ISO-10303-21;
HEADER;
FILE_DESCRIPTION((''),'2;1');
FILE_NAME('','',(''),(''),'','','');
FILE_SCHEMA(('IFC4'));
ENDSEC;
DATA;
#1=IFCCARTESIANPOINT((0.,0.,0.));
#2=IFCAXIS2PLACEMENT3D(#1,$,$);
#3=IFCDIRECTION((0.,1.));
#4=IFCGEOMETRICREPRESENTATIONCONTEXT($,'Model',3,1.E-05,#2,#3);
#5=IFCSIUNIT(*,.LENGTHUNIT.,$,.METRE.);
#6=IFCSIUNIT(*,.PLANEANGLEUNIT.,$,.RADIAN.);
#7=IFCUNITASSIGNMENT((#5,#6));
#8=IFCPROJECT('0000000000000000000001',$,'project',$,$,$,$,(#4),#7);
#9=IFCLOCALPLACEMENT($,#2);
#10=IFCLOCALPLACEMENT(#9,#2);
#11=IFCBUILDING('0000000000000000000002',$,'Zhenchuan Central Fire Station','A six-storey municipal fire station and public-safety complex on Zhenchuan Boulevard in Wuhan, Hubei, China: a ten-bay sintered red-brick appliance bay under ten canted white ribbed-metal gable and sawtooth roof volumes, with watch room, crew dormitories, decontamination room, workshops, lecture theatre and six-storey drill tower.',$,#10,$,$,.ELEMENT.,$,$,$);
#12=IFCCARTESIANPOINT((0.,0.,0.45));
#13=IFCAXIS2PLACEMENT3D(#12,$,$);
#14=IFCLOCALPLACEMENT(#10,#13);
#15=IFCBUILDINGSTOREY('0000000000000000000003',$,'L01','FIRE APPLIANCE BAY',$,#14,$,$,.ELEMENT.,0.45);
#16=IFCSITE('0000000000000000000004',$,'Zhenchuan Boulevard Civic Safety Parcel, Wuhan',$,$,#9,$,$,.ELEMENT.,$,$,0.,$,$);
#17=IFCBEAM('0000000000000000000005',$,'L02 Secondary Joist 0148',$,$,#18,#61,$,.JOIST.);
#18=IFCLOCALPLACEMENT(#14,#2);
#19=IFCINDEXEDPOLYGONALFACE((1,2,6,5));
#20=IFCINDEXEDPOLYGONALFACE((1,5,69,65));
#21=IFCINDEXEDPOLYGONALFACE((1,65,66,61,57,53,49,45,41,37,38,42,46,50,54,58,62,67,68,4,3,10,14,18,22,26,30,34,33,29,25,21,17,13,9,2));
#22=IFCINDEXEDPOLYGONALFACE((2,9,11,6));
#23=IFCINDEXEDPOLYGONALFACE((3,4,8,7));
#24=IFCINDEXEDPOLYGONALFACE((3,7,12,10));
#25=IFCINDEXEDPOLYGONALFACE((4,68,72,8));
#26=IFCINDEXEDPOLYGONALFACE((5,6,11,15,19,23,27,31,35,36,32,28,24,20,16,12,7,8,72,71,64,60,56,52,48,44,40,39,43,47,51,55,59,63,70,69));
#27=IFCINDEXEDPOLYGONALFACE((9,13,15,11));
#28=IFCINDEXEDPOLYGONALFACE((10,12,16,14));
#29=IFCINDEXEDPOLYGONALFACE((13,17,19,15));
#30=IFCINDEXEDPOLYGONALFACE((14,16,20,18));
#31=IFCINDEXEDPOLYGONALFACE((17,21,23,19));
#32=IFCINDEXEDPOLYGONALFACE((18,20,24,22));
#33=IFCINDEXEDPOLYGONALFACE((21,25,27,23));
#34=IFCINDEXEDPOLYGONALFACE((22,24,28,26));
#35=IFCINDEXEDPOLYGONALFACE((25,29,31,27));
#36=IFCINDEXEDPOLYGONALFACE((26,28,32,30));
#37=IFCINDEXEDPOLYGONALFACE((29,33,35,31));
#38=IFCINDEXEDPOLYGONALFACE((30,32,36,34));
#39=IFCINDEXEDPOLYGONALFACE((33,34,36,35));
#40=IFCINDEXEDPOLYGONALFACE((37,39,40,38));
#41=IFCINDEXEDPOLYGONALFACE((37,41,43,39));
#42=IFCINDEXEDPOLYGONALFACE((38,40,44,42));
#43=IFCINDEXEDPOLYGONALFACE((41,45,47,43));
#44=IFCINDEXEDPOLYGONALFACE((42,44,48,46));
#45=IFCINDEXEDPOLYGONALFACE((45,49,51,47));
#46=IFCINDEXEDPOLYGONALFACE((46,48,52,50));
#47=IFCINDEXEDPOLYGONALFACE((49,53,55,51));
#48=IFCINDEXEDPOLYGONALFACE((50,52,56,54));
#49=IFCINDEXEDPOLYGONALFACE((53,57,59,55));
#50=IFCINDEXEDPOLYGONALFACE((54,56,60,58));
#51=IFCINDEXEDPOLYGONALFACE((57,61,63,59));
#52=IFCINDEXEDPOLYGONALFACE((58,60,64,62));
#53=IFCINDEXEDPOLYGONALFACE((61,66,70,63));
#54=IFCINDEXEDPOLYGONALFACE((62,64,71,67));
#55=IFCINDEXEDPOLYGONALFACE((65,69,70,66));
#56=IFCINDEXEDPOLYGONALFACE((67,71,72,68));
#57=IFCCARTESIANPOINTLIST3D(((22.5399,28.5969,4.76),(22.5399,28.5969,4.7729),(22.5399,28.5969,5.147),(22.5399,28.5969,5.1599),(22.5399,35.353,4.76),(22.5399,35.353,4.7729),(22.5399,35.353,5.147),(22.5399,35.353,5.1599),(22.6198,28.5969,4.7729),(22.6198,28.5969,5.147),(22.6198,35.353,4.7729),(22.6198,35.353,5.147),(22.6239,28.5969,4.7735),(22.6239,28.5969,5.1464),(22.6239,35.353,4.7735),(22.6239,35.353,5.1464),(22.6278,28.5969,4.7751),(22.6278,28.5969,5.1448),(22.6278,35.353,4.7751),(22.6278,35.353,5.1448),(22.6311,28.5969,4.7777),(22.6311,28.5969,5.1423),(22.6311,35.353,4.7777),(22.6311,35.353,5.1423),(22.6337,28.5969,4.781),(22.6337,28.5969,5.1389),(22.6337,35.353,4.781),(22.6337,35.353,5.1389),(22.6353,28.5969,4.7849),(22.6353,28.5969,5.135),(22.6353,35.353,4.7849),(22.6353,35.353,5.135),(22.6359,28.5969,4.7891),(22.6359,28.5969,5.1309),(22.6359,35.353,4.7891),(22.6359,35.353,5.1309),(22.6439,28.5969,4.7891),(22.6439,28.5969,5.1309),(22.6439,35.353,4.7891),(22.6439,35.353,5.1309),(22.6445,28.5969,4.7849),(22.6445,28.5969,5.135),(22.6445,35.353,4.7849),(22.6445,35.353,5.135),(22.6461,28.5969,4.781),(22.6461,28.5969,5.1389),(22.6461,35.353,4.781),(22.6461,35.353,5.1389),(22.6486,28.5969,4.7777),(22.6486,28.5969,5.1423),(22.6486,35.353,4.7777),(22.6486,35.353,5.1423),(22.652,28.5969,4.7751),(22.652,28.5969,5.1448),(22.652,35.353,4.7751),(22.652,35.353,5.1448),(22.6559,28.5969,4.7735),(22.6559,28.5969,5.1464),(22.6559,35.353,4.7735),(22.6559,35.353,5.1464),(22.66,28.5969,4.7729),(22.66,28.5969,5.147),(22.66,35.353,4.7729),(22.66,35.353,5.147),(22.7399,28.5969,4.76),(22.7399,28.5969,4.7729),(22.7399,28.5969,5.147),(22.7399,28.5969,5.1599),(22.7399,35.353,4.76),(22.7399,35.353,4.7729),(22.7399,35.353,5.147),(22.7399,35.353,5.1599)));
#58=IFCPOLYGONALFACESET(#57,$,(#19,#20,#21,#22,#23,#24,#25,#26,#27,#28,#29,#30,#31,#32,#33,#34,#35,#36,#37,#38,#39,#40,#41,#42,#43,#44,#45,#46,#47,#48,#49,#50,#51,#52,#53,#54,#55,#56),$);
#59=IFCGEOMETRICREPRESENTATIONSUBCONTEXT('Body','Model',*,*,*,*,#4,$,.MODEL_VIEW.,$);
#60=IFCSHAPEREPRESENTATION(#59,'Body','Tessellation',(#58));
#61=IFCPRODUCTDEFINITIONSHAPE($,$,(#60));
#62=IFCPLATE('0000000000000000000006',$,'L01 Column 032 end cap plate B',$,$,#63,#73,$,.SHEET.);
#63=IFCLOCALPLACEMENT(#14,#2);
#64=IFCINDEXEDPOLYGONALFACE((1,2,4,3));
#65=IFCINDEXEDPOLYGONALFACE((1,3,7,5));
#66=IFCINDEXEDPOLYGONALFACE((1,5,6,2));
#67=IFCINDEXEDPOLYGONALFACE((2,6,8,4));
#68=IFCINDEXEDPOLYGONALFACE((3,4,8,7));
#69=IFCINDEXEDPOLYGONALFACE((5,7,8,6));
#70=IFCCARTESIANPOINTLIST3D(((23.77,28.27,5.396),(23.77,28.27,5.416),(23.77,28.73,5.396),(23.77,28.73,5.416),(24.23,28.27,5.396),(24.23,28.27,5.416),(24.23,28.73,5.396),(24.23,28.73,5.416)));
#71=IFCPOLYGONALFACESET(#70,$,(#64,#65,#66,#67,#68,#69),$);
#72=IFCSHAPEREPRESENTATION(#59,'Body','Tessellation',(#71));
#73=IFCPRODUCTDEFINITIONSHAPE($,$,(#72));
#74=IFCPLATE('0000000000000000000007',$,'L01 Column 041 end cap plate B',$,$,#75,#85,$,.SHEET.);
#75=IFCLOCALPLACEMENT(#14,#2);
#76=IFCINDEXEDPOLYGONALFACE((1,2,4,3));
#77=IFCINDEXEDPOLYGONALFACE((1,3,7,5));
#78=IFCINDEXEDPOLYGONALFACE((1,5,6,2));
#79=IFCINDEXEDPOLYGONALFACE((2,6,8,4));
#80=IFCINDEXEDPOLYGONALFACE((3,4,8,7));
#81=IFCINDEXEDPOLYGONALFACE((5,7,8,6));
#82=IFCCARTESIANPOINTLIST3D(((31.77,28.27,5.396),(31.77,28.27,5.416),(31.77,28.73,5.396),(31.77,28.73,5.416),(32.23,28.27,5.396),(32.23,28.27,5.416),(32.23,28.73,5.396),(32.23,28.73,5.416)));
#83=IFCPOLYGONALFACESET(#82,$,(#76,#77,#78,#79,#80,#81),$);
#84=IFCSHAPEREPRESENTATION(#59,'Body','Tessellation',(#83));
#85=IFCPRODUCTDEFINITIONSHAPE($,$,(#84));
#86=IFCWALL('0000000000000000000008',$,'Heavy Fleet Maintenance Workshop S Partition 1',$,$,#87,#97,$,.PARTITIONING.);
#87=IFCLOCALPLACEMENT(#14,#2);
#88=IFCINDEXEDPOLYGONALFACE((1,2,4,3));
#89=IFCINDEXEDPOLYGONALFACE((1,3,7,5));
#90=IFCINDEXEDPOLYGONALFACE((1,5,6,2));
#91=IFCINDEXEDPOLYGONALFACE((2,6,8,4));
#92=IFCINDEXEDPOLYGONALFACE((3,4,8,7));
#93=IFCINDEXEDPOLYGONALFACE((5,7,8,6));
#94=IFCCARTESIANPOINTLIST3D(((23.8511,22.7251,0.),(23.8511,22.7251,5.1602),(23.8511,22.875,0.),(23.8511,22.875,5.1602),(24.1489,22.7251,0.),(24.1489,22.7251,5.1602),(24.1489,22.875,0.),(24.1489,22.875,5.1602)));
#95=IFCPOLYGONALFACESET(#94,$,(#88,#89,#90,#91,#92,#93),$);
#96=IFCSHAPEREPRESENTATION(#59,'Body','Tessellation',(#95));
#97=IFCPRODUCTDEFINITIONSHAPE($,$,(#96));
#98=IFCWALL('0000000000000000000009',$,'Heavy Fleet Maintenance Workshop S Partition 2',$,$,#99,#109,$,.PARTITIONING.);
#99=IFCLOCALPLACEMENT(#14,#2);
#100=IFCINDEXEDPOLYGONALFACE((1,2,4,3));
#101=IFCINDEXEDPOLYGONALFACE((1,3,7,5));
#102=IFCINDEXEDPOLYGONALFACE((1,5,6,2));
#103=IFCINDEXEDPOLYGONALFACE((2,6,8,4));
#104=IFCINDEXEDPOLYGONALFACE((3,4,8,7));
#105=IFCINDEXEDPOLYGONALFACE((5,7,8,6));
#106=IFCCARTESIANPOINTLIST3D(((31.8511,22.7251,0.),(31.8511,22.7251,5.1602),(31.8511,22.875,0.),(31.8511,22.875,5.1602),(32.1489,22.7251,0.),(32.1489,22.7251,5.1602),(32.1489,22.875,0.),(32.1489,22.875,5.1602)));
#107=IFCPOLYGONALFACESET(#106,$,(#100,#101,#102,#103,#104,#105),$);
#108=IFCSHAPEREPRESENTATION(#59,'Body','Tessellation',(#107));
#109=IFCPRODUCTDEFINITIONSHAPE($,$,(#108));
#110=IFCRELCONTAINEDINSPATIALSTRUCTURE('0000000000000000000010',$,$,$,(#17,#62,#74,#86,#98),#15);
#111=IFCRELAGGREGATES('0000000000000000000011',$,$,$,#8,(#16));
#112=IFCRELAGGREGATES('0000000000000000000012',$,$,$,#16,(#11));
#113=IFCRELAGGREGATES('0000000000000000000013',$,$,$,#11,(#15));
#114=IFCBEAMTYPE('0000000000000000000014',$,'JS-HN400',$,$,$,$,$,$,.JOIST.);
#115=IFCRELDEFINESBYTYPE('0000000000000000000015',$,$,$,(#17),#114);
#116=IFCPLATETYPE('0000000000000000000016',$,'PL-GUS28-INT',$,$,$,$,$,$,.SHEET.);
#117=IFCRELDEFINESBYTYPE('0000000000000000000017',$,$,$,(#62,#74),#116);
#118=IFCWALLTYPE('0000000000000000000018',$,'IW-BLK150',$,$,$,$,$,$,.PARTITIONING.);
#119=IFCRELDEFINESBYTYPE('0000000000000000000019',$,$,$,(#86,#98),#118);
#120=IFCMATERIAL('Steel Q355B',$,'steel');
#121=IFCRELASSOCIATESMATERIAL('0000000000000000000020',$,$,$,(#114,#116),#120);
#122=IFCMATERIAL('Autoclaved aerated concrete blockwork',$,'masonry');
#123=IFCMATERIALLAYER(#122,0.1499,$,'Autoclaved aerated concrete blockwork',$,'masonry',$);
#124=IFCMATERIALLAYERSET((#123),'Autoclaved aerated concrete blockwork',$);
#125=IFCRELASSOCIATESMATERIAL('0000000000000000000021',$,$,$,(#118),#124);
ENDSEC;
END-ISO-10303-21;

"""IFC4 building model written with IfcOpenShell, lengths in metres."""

from ifc_helpers import new_model, si_unit, direction, frame, frame_2d, origin, origin_2d, place, context, subcontext, project, spatial, rectangle, i_section, extrude, material, layer, layer_set, material_profile, profile_set, type_object, element, save


model = new_model("IFC4")

# Units and contexts
model_context = context("Model", 3, precision=1e-05, world=origin(), true_north=direction((0.0, 1.0)))
body_context = subcontext(model_context, "Body", "Model", "MODEL_VIEW")
ifc_project = project(units=[si_unit("LENGTHUNIT", "METRE"), si_unit("PLANEANGLEUNIT", "RADIAN")], contexts=[model_context])

# Site, building, storey
site_placement = place(None, origin())
site = spatial("IfcSite", under=ifc_project, at=site_placement, Name="Zhenchuan Boulevard Civic Safety Parcel, Wuhan", CompositionType="ELEMENT", RefElevation=0.0)
building_placement = place(site_placement, origin())
building = spatial("IfcBuilding", under=site, at=building_placement, Name="Zhenchuan Central Fire Station", Description="A six-storey municipal fire station and public-safety complex on Zhenchuan Boulevard in Wuhan, Hubei, China: a ten-bay sintered red-brick appliance bay under ten canted white ribbed-metal gable and sawtooth roof volumes, with watch room, crew dormitories, decontamination room, workshops, lecture theatre and six-storey drill tower.", CompositionType="ELEMENT")
storey_placement = place(building_placement, frame((0.0, 0.0, 0.45)))
storey = spatial("IfcBuildingStorey", under=building, at=storey_placement, Name="L01", Description="FIRE APPLIANCE BAY", CompositionType="ELEMENT", Elevation=0.45)

# Shared definitions
ifc_material_1 = material(Name="Steel Q355B", Category="steel")

# Beam
ifc_material_profile_1 = material_profile(ifc_material_1, i_section(OverallWidth=0.2, OverallDepth=0.3999, WebThickness=0.0081, FlangeThickness=0.0129, FilletRadius=0.0161, at=origin_2d()), Name="HN 400x200")
ifc_profile_set_1 = profile_set([ifc_material_profile_1], Name="Steel Q355B")
beam_type_1 = type_object("IfcBeamType", Name="JS-HN400", PredefinedType="JOIST", material=ifc_profile_set_1)
beam_1_placement = place(storey_placement, frame((22.6399, 28.5969, 4.96), z_axis=(0.0, 1.0, 0.0), x_axis=(-1.0, 0.0, 0.0)))
element("IfcBeam", 1, at=beam_1_placement, inside=storey, type_object=beam_type_1, Name="L02 Secondary Joist 0148", PredefinedType="JOIST", context=body_context, shape_type="SweptSolid", body=[
    extrude(i_section(OverallWidth=0.2, OverallDepth=0.3999, WebThickness=0.0081, FlangeThickness=0.0129, FilletRadius=0.0161, at=origin_2d()), origin(), (0.0, 0.0, 1.0), 6.7561),
])

# Plates
ifc_material_profile_2 = material_profile(ifc_material_1, rectangle(XDim=0.46, YDim=0.46, at=origin_2d()), Name="PL 460x460x28")
ifc_profile_set_2 = profile_set([ifc_material_profile_2], Name="Steel Q355B")
plate_type = type_object("IfcPlateType", Name="PL-GUS28-INT", PredefinedType="SHEET", material=ifc_profile_set_2)
for number, where, z_axis, x_axis, name in (
    (2, (24.0, 28.5, 5.396), (0.0, 0.0, 1.0), (1.0, 0.0, 0.0), "L01 Column 032 end cap plate B"),
    (3, (32.0, 28.5, 5.396), (0.0, 0.0, 1.0), (1.0, 0.0, 0.0), "L01 Column 041 end cap plate B"),
):
    element("IfcPlate", number, at=place(storey_placement, frame(where, z_axis=z_axis, x_axis=x_axis)), inside=storey, type_object=plate_type, Name=name, PredefinedType="SHEET", context=body_context, shape_type="SweptSolid", body=[
        extrude(rectangle(XDim=0.46, YDim=0.46, at=origin_2d()), origin(), (0.0, 0.0, 1.0), 0.02),
    ])

# Walls
ifc_material_2 = material(Name="Autoclaved aerated concrete blockwork", Category="masonry")
ifc_layer = layer(ifc_material_2, 0.1499, Name="Autoclaved aerated concrete blockwork", Category="masonry")
ifc_layer_set = layer_set([ifc_layer], Name="Autoclaved aerated concrete blockwork")
wall_type = type_object("IfcWallType", Name="IW-BLK150", PredefinedType="PARTITIONING", material=ifc_layer_set)
for number, where, z_axis, x_axis, name in (
    (4, (23.8511, 22.8, 0.0), (0.0, 0.0, 1.0), (1.0, 0.0, 0.0), "Heavy Fleet Maintenance Workshop S Partition 1"),
    (5, (31.8511, 22.8, 0.0), (0.0, 0.0, 1.0), (1.0, 0.0, 0.0), "Heavy Fleet Maintenance Workshop S Partition 2"),
):
    element("IfcWall", number, at=place(storey_placement, frame(where, z_axis=z_axis, x_axis=x_axis)), inside=storey, type_object=wall_type, Name=name, PredefinedType="PARTITIONING", context=body_context, shape_type="SweptSolid", body=[
        extrude(rectangle(XDim=0.2979, YDim=0.1499, at=frame_2d((0.1489, 0.0))), origin(), (0.0, 0.0, 1.0), 5.1602),
    ])

save(model, "model.ifc")
